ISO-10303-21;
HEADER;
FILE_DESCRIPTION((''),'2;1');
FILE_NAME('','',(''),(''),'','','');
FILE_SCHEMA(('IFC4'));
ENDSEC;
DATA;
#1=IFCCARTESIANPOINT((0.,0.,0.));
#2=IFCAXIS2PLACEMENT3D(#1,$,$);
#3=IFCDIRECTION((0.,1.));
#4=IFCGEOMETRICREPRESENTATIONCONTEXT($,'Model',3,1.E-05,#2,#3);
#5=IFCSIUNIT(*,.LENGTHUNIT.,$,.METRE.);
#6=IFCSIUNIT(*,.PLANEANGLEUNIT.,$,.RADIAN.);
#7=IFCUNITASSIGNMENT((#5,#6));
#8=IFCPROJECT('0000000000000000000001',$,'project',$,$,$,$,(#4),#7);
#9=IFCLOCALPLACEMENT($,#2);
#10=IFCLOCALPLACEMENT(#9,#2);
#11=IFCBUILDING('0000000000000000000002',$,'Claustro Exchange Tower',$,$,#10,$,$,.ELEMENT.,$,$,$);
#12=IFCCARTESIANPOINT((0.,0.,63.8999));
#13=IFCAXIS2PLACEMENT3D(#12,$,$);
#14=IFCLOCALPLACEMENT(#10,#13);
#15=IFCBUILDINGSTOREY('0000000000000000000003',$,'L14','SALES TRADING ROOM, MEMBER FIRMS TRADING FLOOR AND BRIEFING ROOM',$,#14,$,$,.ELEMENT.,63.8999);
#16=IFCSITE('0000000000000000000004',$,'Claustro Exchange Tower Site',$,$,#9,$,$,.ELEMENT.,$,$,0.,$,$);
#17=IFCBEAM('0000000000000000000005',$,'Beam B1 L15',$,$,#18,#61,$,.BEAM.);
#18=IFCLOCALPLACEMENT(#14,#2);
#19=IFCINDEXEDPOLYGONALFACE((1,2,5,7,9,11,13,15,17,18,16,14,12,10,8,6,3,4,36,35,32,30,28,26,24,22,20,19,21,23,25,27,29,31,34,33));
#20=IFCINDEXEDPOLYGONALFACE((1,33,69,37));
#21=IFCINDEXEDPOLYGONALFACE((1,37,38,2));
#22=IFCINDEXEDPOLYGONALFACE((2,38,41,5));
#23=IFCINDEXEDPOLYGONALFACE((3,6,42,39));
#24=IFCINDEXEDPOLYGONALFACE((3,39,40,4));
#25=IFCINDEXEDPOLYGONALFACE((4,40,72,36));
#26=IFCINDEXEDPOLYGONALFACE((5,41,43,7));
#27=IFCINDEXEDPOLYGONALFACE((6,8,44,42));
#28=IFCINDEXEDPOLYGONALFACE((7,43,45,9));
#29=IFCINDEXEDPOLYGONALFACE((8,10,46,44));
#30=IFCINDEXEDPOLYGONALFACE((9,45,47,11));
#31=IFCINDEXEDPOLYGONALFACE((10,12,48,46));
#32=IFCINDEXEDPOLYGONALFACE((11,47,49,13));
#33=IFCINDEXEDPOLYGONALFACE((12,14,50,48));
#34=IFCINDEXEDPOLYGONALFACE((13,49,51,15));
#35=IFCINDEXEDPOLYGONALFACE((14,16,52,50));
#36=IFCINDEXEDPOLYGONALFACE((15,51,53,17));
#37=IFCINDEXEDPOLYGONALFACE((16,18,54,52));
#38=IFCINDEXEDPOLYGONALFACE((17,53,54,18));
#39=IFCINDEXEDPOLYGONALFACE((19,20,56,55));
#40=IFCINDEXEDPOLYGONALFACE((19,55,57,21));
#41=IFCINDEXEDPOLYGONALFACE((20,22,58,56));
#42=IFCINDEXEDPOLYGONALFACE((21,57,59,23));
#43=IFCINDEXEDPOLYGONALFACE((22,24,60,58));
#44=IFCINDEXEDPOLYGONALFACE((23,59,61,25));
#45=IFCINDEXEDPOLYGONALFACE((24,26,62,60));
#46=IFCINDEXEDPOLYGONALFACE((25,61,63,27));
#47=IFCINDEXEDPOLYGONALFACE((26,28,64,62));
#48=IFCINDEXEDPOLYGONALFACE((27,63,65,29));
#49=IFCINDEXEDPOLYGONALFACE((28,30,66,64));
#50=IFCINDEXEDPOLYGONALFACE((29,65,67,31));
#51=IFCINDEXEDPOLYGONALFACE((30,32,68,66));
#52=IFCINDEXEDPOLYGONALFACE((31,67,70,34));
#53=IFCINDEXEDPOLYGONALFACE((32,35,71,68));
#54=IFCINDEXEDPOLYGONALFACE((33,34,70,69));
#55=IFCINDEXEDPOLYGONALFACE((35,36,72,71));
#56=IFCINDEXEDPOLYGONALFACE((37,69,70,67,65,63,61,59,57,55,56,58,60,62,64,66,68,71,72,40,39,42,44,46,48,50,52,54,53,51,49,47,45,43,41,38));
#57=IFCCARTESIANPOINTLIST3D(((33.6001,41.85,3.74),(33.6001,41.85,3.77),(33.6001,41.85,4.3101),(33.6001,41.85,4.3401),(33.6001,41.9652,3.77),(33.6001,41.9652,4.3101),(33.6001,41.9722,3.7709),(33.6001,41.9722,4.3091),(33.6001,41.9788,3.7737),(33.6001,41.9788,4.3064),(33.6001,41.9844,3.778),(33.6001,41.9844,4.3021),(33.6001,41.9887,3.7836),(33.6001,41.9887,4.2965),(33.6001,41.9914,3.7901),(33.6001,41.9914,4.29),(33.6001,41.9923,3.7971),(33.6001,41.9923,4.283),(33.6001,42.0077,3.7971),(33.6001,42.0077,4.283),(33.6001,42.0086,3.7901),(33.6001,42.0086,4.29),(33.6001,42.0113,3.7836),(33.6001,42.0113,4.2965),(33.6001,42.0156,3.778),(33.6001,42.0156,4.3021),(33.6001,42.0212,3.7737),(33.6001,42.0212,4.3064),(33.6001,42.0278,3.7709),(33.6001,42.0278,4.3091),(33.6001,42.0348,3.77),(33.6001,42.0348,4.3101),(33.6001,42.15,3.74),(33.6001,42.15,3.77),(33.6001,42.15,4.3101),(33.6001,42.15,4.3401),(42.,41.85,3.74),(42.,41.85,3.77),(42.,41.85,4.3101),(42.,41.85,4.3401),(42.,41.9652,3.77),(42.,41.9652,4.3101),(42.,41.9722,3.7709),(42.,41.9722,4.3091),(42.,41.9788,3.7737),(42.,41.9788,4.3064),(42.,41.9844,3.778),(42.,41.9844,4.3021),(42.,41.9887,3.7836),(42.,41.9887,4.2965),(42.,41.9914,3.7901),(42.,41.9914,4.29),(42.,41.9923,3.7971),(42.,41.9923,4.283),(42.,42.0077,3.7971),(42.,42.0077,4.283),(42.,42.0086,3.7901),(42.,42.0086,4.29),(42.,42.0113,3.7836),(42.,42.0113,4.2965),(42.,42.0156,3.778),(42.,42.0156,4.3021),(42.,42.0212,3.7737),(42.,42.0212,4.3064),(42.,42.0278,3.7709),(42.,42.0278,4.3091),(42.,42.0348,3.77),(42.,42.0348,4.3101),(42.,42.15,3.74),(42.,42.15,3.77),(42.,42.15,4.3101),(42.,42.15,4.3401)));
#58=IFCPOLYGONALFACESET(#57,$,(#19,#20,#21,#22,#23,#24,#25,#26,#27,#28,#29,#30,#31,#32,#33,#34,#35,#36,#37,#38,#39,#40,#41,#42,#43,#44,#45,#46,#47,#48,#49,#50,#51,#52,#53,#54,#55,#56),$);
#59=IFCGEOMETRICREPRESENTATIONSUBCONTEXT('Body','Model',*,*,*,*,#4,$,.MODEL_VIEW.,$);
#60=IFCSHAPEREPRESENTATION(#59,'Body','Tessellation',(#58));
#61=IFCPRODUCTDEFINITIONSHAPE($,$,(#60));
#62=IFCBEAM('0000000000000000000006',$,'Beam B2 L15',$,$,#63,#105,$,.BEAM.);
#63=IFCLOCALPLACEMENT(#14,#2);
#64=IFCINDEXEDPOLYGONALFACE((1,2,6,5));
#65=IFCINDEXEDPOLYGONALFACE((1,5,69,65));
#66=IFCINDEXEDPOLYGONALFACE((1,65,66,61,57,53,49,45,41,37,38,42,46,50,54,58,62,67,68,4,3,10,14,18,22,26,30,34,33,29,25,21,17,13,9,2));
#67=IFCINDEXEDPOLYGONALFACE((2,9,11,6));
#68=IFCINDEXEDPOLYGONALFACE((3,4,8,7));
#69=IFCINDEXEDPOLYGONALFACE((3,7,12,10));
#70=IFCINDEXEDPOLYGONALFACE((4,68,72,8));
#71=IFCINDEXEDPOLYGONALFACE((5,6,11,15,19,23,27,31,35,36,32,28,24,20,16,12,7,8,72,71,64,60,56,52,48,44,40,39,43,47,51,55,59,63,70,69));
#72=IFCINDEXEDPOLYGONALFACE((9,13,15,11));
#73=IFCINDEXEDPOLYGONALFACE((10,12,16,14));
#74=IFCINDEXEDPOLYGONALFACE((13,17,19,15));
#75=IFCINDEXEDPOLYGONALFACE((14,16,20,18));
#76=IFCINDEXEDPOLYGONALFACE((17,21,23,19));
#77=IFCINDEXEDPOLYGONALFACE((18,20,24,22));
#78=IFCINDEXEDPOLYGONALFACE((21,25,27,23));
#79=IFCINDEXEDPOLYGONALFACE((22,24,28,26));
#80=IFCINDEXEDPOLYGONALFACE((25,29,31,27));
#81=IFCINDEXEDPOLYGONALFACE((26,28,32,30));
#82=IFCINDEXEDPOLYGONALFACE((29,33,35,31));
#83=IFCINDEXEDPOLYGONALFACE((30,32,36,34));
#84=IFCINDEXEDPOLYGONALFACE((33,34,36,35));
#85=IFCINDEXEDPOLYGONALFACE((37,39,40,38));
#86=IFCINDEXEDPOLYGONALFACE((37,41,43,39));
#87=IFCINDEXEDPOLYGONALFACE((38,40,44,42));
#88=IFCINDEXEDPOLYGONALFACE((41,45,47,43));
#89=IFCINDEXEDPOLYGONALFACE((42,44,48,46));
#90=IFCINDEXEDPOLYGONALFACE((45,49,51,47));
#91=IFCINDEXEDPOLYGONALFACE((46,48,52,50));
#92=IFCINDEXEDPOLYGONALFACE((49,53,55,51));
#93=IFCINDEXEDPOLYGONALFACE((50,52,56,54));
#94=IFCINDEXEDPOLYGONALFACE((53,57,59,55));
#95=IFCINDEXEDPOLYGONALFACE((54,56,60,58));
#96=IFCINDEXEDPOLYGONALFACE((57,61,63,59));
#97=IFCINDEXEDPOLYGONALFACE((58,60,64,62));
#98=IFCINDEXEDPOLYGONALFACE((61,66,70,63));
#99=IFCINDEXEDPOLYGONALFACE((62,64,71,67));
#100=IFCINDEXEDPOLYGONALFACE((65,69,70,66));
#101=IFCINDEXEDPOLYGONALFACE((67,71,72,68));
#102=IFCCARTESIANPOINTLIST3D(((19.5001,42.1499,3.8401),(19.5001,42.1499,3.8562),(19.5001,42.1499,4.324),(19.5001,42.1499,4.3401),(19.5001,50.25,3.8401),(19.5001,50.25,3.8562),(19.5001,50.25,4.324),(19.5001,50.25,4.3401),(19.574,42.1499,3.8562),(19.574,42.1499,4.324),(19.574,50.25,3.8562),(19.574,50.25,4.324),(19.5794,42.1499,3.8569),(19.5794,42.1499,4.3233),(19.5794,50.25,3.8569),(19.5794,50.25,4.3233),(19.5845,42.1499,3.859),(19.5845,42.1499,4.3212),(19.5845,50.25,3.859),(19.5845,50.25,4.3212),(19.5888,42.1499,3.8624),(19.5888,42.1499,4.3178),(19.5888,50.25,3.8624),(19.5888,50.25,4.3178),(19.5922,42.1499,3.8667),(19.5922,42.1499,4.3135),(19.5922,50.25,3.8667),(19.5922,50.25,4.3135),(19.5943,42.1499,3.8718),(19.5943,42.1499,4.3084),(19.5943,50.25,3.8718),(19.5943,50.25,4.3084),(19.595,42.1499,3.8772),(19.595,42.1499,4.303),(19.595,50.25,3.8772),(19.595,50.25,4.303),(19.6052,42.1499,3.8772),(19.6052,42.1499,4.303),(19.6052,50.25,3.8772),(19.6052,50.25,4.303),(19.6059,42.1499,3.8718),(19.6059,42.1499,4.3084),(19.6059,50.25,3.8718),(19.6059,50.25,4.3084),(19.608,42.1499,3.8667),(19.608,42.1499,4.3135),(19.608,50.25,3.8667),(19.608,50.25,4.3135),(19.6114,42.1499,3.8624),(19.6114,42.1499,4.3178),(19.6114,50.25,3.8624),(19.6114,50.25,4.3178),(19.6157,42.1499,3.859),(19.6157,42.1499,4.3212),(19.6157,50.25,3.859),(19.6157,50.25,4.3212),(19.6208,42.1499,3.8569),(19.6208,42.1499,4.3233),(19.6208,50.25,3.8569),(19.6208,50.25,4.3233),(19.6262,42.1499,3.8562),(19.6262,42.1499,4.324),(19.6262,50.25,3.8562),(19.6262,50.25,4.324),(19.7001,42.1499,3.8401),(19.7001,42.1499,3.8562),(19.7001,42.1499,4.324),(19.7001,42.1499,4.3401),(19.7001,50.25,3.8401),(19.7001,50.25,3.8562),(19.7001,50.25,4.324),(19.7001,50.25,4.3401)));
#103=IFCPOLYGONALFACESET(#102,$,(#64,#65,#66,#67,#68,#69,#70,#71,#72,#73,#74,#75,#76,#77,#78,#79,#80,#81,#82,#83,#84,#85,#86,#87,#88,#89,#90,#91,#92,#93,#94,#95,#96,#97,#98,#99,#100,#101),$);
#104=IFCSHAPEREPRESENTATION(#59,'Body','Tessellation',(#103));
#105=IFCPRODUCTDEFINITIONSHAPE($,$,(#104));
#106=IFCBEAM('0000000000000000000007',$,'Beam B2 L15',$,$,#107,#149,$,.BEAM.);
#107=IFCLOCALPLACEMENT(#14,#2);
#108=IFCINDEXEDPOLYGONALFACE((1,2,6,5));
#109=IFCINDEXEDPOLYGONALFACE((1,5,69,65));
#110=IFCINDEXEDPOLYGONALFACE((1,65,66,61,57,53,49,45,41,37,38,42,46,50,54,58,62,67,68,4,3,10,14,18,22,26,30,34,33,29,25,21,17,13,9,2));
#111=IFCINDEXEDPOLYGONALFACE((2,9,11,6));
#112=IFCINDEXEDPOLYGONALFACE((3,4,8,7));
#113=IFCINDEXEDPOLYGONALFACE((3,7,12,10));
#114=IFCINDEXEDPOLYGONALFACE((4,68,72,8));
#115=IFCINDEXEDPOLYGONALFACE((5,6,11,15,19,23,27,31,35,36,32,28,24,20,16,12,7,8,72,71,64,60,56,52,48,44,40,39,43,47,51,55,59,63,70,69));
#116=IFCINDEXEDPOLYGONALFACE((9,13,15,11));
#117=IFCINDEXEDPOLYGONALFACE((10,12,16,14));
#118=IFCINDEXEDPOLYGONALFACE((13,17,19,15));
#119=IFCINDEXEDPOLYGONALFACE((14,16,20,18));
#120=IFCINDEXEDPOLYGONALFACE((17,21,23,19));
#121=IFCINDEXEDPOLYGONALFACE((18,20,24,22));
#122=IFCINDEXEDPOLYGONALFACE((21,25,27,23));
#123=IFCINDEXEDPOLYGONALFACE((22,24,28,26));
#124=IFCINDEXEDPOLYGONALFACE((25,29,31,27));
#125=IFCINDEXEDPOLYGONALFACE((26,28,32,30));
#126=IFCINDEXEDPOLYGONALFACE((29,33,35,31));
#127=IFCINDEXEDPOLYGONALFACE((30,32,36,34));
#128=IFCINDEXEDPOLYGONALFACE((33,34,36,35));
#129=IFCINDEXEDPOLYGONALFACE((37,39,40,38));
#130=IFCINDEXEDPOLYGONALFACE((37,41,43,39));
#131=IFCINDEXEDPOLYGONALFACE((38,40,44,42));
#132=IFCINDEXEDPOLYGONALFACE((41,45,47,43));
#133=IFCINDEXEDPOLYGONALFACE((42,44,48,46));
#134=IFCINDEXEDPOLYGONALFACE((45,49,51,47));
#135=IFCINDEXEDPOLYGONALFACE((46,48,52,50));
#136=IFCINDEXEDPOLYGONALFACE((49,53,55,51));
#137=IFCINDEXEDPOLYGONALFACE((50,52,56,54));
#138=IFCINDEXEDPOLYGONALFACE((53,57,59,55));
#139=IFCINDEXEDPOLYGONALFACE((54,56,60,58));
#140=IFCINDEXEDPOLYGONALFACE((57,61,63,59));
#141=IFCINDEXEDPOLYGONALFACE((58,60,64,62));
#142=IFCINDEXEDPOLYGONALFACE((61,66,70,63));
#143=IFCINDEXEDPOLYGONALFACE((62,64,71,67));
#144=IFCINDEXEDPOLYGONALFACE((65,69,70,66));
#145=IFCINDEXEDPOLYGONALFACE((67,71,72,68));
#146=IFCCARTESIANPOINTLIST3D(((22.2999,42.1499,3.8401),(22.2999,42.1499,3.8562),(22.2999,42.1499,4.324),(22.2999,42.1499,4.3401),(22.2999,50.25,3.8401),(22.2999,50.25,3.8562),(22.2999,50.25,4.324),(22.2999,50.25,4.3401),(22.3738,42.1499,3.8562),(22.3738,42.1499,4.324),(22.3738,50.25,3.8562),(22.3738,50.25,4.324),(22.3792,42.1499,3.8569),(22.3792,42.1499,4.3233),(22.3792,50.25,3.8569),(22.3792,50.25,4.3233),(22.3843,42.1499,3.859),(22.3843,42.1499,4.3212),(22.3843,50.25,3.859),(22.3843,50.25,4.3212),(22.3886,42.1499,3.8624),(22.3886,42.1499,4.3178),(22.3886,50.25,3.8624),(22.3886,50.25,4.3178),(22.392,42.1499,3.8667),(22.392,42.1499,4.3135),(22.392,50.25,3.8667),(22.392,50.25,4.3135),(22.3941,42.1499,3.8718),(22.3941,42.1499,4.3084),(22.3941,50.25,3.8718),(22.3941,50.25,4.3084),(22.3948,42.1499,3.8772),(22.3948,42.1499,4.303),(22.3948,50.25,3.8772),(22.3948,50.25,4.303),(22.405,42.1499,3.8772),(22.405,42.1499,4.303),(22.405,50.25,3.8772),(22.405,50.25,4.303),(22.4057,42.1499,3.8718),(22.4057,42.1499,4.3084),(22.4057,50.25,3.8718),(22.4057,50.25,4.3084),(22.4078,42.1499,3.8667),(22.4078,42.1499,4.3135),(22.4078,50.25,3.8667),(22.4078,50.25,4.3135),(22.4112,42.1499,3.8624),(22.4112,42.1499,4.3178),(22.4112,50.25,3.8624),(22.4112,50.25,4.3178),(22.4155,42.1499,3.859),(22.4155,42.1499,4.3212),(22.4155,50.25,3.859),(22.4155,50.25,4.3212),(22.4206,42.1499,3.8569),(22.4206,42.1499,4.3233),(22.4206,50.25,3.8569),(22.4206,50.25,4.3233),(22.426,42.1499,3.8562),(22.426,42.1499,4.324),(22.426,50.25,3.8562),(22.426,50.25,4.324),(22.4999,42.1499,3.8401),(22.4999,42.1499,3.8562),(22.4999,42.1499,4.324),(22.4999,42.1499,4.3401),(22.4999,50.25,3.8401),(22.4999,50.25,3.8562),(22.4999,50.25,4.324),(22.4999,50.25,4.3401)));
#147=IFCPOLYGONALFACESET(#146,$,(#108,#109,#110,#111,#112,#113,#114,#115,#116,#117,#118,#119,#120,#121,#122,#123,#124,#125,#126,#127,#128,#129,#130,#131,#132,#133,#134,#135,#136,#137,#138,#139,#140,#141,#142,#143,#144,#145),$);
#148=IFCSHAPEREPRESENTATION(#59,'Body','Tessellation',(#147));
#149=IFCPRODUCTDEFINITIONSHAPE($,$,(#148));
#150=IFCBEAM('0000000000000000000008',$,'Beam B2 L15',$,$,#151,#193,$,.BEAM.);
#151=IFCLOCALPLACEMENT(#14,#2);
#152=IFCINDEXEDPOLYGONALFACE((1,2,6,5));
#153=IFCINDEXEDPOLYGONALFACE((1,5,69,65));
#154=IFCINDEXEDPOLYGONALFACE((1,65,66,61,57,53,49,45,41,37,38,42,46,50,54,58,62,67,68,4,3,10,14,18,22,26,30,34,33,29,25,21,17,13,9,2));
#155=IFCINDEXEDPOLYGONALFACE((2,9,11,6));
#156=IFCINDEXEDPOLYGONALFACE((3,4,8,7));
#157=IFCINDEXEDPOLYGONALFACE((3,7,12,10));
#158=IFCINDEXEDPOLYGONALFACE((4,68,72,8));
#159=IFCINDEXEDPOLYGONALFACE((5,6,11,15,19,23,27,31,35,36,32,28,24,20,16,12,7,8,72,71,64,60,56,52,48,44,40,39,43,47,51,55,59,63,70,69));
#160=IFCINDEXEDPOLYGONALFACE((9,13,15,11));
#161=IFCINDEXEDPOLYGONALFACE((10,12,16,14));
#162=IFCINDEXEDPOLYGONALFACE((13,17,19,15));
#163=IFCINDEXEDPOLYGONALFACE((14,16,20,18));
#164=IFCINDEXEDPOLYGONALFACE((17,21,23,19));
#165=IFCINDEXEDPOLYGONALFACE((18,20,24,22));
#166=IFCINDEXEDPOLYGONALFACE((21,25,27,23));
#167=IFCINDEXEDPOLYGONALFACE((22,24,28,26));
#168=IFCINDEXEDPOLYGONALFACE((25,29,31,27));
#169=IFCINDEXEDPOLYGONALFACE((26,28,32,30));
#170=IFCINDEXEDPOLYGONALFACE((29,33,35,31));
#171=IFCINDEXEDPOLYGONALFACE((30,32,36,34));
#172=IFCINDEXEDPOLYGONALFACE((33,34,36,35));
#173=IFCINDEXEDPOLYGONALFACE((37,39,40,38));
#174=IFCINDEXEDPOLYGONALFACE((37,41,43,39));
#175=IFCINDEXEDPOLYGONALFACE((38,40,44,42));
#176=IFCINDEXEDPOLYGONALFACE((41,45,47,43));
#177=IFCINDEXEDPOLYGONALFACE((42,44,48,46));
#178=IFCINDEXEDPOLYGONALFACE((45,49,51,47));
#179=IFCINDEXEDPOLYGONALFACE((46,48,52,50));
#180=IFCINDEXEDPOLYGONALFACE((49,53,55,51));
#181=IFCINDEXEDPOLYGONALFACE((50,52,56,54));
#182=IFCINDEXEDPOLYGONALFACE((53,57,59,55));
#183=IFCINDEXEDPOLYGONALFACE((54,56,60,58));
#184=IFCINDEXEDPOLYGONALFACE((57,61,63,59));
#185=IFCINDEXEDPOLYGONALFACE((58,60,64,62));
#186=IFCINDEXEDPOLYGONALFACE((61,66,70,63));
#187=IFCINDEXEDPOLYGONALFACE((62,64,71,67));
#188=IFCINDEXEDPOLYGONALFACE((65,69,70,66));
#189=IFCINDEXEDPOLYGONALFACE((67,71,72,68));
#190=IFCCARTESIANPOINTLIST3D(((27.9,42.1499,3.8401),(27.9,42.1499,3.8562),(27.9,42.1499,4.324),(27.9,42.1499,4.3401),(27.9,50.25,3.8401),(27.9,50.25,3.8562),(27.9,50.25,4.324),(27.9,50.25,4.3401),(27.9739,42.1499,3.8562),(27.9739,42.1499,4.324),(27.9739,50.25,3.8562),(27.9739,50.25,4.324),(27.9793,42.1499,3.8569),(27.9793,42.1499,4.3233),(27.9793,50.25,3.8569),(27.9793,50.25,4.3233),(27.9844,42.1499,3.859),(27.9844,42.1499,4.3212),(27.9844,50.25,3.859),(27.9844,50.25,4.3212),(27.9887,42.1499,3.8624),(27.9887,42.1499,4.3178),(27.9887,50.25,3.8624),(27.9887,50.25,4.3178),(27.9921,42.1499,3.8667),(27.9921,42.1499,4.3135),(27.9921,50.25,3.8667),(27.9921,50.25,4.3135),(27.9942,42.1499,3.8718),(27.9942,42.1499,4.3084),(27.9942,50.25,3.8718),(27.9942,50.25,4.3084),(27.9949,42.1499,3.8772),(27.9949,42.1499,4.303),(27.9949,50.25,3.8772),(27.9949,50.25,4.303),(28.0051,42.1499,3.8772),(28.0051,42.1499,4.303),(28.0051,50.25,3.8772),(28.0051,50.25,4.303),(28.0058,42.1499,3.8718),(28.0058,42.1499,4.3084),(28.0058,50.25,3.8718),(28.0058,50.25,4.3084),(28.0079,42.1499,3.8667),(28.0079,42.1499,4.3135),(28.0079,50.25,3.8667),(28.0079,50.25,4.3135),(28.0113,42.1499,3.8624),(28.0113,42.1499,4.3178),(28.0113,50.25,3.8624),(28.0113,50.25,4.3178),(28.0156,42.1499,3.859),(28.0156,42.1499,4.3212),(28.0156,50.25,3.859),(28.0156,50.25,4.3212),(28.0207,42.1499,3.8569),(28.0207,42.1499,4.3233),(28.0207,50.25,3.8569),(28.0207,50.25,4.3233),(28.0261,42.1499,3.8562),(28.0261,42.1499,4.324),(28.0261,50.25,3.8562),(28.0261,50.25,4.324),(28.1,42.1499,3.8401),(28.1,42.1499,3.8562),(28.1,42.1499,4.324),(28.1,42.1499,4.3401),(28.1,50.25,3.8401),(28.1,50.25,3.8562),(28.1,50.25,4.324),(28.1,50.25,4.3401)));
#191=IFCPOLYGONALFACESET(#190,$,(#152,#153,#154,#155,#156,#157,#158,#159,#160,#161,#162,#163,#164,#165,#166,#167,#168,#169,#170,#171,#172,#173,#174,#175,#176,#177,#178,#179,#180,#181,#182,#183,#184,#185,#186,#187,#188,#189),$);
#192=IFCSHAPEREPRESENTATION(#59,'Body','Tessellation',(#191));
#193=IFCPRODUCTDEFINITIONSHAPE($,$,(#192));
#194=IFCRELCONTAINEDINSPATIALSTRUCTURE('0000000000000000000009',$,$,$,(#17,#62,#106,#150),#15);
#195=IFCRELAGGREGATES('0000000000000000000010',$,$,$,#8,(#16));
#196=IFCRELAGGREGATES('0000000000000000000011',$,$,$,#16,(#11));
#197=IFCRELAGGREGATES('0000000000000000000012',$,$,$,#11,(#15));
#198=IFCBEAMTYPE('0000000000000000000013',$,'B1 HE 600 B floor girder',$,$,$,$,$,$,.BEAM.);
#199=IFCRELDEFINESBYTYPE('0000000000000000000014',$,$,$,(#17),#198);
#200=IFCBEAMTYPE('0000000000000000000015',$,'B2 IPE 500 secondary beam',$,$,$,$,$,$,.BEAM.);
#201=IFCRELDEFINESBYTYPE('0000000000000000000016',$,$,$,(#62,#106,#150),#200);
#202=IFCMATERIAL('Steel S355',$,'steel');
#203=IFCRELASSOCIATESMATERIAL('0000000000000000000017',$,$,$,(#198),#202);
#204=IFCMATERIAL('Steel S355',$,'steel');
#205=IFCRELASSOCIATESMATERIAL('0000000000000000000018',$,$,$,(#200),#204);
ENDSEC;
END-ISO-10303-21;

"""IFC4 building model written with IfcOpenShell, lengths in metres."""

from ifc_helpers import new_model, si_unit, direction, frame, origin, origin_2d, place, context, subcontext, project, spatial, i_section, extrude, material, material_profile, profile_set, type_object, element, save


model = new_model("IFC4")

# Units and contexts
model_context = context("Model", 3, precision=1e-05, world=origin(), true_north=direction((0.0, 1.0)))
body_context = subcontext(model_context, "Body", "Model", "MODEL_VIEW")
ifc_project = project(units=[si_unit("LENGTHUNIT", "METRE"), si_unit("PLANEANGLEUNIT", "RADIAN")], contexts=[model_context])

# Site, building, storey
site_placement = place(None, origin())
site = spatial("IfcSite", under=ifc_project, at=site_placement, Name="Claustro Exchange Tower Site", CompositionType="ELEMENT", RefElevation=0.0)
building_placement = place(site_placement, origin())
building = spatial("IfcBuilding", under=site, at=building_placement, Name="Claustro Exchange Tower", CompositionType="ELEMENT")
storey_placement = place(building_placement, frame((0.0, 0.0, 63.8999)))
storey = spatial("IfcBuildingStorey", under=building, at=storey_placement, Name="L14", Description="SALES TRADING ROOM, MEMBER FIRMS TRADING FLOOR AND BRIEFING ROOM", CompositionType="ELEMENT", Elevation=63.8999)

# Beams
ifc_material_1 = material(Name="Steel S355", Category="steel")
ifc_material_profile_1 = material_profile(ifc_material_1, i_section(OverallWidth=0.3, OverallDepth=0.6001, WebThickness=0.0154, FlangeThickness=0.03, FilletRadius=0.0271, at=origin_2d()), Name="HE 600 B")
ifc_profile_set_1 = profile_set([ifc_material_profile_1], Name="Steel S355")
beam_type_1 = type_object("IfcBeamType", Name="B1 HE 600 B floor girder", PredefinedType="BEAM", material=ifc_profile_set_1)
beam_1_placement = place(storey_placement, frame((33.6001, 42.0, 4.04), z_axis=(1.0, 0.0, 0.0), x_axis=(0.0, 1.0, 0.0)))
element("IfcBeam", 1, at=beam_1_placement, inside=storey, type_object=beam_type_1, Name="Beam B1 L15", PredefinedType="BEAM", context=body_context, shape_type="SweptSolid", body=[
    extrude(i_section(OverallWidth=0.3, OverallDepth=0.6001, WebThickness=0.0154, FlangeThickness=0.03, FilletRadius=0.0271, at=origin_2d()), origin(), (0.0, 0.0, 1.0), 8.3999),
])
ifc_material_2 = material(Name="Steel S355", Category="steel")
ifc_material_profile_2 = material_profile(ifc_material_2, i_section(OverallWidth=0.2, OverallDepth=0.5, WebThickness=0.0103, FlangeThickness=0.0161, FilletRadius=0.021, at=origin_2d()), Name="IPE 500")
ifc_profile_set_2 = profile_set([ifc_material_profile_2], Name="Steel S355")
beam_type_2 = type_object("IfcBeamType", Name="B2 IPE 500 secondary beam", PredefinedType="BEAM", material=ifc_profile_set_2)
for number, where, z_axis, x_axis, name in (
    (2, (19.6001, 42.1499, 4.0901), (0.0, 1.0, 0.0), (-1.0, 0.0, 0.0), "Beam B2 L15"),
    (3, (22.3999, 42.1499, 4.0901), (0.0, 1.0, 0.0), (-1.0, 0.0, 0.0), "Beam B2 L15"),
    (4, (28.0, 42.1499, 4.0901), (0.0, 1.0, 0.0), (-1.0, 0.0, 0.0), "Beam B2 L15"),
):
    element("IfcBeam", number, at=place(storey_placement, frame(where, z_axis=z_axis, x_axis=x_axis)), inside=storey, type_object=beam_type_2, Name=name, PredefinedType="BEAM", context=body_context, shape_type="SweptSolid", body=[
        extrude(i_section(OverallWidth=0.2, OverallDepth=0.5, WebThickness=0.0103, FlangeThickness=0.0161, FilletRadius=0.021, at=origin_2d()), origin(), (0.0, 0.0, 1.0), 8.1001),
    ])

save(model, "model.ifc")
